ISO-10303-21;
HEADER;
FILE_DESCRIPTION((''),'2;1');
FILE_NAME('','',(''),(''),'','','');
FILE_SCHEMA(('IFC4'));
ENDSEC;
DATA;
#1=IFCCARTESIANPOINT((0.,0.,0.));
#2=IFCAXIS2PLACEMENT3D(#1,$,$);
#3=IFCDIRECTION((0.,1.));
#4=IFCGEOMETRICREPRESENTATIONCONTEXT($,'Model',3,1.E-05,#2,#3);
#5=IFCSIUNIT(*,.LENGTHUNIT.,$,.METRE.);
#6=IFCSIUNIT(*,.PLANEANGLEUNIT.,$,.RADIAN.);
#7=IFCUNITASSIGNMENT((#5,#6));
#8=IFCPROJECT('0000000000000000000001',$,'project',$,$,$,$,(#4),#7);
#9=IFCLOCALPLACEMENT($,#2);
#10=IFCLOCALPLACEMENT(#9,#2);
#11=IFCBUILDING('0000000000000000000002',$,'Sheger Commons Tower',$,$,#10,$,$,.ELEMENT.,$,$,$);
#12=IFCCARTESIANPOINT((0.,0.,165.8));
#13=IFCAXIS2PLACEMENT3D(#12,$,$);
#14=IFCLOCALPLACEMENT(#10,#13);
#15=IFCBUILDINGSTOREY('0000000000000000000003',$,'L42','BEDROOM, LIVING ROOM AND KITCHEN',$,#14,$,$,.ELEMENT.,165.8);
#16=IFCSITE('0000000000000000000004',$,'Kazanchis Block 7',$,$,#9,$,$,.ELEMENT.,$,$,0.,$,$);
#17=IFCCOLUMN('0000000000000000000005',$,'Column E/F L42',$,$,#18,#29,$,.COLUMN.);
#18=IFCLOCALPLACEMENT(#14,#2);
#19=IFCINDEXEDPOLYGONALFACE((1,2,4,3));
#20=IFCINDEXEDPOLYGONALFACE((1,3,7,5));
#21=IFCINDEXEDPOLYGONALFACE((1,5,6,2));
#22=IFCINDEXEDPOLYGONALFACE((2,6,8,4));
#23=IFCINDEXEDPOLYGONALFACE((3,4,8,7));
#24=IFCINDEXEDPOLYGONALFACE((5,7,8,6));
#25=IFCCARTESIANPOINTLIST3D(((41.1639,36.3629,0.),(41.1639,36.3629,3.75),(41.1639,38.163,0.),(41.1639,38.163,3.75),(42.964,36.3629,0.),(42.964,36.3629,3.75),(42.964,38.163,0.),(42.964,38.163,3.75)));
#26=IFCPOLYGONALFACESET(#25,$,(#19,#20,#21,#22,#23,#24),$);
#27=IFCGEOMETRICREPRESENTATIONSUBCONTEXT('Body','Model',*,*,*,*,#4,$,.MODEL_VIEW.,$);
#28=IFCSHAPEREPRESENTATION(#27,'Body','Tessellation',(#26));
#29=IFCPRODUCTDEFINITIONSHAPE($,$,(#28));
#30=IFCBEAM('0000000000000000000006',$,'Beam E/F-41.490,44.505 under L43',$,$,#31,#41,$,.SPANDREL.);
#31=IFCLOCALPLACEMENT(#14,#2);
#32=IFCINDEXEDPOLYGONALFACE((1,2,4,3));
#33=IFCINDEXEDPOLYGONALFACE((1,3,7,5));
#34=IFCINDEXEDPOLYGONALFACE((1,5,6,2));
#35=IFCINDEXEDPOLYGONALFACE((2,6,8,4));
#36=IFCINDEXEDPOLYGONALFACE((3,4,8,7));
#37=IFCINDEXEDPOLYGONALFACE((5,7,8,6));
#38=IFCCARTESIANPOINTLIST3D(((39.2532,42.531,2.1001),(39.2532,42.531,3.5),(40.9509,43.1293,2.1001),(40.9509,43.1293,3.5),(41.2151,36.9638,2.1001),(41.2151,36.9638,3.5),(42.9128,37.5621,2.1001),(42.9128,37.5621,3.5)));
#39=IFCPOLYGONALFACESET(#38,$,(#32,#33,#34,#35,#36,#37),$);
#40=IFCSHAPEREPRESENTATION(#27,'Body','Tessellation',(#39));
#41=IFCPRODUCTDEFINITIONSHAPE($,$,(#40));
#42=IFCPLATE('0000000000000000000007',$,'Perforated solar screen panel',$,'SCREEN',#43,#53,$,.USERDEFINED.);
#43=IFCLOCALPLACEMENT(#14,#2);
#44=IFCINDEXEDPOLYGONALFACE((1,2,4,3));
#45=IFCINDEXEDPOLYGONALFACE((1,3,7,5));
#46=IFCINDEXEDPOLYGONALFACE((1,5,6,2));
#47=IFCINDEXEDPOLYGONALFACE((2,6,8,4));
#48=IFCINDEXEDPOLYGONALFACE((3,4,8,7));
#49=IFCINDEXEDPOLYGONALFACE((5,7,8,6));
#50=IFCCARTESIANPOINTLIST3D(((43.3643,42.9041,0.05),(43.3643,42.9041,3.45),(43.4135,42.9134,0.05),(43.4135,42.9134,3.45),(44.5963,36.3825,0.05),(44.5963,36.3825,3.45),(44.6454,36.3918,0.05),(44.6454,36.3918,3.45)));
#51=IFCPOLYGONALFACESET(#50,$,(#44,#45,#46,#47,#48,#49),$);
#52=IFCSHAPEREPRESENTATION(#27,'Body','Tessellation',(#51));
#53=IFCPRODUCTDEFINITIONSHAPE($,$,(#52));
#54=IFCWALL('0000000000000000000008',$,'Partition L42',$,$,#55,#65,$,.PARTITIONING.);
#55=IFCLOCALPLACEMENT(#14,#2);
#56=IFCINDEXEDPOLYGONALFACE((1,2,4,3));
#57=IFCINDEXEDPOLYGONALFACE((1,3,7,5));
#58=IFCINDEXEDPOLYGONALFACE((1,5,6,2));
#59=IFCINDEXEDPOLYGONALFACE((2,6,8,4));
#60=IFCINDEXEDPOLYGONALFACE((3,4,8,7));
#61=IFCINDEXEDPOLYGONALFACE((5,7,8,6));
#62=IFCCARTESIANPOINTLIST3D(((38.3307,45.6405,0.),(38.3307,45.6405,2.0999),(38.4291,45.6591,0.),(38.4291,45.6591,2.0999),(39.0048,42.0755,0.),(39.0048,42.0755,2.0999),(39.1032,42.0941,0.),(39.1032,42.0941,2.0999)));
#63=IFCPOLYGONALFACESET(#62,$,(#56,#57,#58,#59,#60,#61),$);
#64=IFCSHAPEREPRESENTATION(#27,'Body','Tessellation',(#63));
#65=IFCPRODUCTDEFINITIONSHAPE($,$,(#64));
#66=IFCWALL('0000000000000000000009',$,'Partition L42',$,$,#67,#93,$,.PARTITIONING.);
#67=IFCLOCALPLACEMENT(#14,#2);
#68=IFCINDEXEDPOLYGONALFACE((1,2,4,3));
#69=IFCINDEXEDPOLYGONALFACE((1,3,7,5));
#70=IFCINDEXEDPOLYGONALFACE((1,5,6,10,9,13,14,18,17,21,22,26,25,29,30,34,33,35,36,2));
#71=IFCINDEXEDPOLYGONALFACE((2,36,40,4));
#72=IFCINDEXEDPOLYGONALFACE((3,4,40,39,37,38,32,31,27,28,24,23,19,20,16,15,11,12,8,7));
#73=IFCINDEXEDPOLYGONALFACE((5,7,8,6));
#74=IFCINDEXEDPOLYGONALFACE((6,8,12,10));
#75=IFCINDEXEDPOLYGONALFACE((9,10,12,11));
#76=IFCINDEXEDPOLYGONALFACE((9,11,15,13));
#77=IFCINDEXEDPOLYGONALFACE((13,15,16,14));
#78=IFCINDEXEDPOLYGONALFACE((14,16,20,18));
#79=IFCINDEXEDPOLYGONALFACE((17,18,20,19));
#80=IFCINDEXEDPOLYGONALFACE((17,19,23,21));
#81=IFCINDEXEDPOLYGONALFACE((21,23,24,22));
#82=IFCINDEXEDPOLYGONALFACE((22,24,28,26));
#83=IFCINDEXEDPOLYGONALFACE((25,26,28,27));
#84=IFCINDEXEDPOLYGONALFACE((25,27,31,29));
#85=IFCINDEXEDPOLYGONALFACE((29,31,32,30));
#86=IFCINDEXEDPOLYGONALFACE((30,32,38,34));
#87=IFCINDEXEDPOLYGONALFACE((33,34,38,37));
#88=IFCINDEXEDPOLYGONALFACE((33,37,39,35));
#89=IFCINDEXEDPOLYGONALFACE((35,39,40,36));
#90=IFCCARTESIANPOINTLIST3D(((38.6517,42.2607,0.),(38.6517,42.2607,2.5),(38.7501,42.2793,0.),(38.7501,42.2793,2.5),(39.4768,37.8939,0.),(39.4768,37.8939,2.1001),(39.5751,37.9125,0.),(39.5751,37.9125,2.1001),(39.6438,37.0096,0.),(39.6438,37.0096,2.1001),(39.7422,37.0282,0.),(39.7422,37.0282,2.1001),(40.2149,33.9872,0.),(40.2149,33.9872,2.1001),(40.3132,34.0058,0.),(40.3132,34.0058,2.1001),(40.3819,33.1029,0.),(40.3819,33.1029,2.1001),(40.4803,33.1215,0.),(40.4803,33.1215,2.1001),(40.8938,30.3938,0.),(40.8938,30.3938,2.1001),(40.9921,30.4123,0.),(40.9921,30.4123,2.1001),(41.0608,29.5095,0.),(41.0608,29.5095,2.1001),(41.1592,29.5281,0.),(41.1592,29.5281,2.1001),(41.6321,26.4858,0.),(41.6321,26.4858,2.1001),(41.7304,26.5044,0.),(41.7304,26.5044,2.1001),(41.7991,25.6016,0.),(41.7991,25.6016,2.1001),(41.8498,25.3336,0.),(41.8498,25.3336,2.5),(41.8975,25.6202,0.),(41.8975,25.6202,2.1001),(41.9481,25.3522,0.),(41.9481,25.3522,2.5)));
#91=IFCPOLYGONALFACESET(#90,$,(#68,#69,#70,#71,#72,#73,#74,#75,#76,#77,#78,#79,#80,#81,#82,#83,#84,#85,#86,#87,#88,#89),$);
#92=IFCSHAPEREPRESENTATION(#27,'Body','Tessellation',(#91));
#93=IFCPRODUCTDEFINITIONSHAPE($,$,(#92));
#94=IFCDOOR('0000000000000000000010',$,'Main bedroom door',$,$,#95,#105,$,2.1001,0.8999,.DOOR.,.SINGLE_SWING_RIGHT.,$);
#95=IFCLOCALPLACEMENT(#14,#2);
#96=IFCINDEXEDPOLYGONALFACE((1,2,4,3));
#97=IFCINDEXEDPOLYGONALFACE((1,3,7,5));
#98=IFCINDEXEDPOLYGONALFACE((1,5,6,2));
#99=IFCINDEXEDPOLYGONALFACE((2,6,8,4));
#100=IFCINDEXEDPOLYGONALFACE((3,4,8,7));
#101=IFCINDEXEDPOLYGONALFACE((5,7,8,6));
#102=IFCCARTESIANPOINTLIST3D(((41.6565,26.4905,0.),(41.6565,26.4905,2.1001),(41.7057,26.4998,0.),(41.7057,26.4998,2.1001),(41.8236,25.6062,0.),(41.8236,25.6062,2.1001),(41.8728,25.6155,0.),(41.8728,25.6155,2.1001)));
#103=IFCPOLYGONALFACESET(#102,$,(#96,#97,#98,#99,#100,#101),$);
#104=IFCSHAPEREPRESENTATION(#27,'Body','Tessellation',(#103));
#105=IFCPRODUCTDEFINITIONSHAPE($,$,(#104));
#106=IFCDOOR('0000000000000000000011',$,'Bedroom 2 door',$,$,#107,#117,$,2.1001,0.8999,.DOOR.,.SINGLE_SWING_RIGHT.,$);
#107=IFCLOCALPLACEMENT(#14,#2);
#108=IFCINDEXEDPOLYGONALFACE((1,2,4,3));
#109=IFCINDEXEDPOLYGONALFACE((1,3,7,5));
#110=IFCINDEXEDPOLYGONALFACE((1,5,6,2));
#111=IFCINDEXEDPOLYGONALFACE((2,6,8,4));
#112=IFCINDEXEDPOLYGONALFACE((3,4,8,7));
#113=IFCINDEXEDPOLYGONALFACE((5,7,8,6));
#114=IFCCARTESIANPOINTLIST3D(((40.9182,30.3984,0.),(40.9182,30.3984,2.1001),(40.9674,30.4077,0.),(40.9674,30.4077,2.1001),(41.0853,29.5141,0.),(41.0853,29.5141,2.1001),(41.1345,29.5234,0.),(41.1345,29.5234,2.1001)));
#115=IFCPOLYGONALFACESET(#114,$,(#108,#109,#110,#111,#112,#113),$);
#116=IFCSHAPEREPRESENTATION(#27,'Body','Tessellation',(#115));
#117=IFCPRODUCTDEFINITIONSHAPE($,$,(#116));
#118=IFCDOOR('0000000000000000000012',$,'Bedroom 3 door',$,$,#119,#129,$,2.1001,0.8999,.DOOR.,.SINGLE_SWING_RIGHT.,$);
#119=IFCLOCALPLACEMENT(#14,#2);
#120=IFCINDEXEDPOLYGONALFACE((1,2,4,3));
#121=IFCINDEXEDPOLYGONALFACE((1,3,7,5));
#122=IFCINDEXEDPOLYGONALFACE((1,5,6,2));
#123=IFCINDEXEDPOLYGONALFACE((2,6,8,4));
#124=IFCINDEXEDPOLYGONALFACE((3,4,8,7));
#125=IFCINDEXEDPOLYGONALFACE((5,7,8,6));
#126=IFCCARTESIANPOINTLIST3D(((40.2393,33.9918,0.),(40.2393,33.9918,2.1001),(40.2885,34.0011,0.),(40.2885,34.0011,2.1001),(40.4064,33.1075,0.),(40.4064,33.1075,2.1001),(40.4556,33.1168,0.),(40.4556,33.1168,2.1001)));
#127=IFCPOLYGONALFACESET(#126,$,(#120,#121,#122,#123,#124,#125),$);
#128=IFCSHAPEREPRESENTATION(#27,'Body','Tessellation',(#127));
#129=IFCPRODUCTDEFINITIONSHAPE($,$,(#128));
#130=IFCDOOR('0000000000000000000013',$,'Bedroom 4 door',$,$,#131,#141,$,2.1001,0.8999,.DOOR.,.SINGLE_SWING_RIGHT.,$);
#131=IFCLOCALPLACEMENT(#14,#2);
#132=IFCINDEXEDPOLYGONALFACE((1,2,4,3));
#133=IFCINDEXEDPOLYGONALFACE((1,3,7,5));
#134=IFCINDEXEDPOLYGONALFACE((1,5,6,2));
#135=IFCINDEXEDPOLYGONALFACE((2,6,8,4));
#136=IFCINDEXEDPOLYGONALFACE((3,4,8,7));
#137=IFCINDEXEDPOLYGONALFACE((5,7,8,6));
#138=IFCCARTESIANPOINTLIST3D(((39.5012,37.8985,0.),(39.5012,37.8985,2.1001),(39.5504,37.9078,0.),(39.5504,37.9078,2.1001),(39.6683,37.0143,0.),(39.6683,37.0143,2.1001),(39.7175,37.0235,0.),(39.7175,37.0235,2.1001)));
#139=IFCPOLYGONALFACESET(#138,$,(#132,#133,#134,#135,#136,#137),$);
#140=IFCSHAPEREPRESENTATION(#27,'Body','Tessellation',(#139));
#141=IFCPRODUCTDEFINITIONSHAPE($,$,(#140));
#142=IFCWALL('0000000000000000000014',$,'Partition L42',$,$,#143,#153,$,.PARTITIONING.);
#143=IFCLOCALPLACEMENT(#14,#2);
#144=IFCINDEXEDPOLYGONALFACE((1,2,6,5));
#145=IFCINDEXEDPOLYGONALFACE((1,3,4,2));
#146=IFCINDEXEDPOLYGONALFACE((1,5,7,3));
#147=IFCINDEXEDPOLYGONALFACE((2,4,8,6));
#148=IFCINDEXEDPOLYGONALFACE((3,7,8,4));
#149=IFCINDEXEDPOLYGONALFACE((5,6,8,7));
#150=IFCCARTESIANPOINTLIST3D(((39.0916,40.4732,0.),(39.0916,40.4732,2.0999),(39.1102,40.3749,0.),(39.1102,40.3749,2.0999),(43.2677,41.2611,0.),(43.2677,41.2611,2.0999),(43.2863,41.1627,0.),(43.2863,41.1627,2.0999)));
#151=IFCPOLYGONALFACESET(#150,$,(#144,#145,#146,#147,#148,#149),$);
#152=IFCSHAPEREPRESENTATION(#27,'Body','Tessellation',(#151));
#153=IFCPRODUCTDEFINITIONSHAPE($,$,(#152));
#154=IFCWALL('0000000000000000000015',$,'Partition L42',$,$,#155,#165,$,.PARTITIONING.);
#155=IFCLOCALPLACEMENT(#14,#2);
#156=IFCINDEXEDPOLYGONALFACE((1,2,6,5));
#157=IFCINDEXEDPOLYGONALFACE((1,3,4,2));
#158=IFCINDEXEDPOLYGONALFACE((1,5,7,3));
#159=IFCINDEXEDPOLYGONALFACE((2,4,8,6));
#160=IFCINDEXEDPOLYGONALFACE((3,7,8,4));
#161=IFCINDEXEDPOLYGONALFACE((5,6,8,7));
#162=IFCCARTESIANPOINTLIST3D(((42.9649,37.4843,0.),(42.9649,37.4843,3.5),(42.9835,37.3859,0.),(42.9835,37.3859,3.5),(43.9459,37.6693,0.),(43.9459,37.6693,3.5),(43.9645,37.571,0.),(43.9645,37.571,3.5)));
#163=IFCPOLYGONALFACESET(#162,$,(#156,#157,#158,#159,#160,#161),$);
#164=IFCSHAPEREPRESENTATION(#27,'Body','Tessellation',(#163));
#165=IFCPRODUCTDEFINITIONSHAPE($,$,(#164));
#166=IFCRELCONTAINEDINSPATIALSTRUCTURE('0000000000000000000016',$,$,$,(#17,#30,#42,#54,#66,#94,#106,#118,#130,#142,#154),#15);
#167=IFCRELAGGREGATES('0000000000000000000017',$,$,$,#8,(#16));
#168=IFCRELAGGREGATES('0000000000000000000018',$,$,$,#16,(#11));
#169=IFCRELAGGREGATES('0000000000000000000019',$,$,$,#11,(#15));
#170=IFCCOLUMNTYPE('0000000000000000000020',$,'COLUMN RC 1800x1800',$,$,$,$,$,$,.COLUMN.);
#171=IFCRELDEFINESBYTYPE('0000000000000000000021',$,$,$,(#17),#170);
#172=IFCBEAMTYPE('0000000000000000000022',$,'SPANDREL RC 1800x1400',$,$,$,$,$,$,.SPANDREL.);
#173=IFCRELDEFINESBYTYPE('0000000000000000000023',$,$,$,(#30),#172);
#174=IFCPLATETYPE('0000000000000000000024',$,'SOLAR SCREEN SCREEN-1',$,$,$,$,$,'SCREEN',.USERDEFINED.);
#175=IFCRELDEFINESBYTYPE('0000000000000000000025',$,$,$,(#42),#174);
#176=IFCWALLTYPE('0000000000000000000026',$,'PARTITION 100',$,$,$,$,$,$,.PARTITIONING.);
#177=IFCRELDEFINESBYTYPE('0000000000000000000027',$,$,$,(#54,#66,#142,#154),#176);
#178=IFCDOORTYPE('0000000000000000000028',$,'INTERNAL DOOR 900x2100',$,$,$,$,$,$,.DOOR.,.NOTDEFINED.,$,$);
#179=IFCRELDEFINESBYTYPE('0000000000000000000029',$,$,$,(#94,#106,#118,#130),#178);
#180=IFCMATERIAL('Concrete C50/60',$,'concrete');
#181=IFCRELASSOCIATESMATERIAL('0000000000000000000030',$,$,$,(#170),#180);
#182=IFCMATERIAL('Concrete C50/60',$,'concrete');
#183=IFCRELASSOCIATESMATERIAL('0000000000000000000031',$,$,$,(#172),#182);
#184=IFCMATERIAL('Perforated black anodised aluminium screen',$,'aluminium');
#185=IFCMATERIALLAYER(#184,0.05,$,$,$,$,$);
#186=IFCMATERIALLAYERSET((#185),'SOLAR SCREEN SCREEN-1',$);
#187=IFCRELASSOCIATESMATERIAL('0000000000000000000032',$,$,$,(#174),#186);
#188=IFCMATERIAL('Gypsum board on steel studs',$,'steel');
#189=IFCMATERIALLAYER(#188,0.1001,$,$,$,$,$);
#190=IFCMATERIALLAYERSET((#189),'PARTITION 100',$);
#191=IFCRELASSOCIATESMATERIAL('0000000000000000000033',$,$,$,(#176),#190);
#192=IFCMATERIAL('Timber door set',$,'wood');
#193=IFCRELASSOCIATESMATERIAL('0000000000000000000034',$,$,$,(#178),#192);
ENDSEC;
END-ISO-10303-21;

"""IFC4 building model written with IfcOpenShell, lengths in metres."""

from ifc_helpers import new_model, si_unit, direction, frame, frame_2d, origin, origin_2d, place, context, subcontext, project, spatial, rectangle, extrude, material, layer, layer_set, material_profile, profile_set, type_object, element, fill, save


model = new_model("IFC4")

# Units and contexts
model_context = context("Model", 3, precision=1e-05, world=origin(), true_north=direction((0.0, 1.0)))
body_context = subcontext(model_context, "Body", "Model", "MODEL_VIEW")
ifc_project = project(units=[si_unit("LENGTHUNIT", "METRE"), si_unit("PLANEANGLEUNIT", "RADIAN")], contexts=[model_context])

# Site, building, storey
site_placement = place(None, origin())
site = spatial("IfcSite", under=ifc_project, at=site_placement, Name="Kazanchis Block 7", CompositionType="ELEMENT", RefElevation=0.0)
building_placement = place(site_placement, origin())
building = spatial("IfcBuilding", under=site, at=building_placement, Name="Sheger Commons Tower", CompositionType="ELEMENT")
storey_placement = place(building_placement, frame((0.0, 0.0, 165.8)))
storey = spatial("IfcBuildingStorey", under=building, at=storey_placement, Name="L42", Description="BEDROOM, LIVING ROOM AND KITCHEN", CompositionType="ELEMENT", Elevation=165.8)

# Column
ifc_material_1 = material(Name="Concrete C50/60", Category="concrete")
ifc_material_profile_1 = material_profile(ifc_material_1, rectangle(XDim=1.8, YDim=1.8, at=origin_2d()), Name="RC 1800x1800")
ifc_profile_set_1 = profile_set([ifc_material_profile_1], Name="Concrete C50/60")
column_type = type_object("IfcColumnType", Name="COLUMN RC 1800x1800", PredefinedType="COLUMN", material=ifc_profile_set_1)
column_placement = place(storey_placement, frame((42.064, 37.2629, 0.0), z_axis=(0.0, 0.0, 1.0), x_axis=(1.0, 0.0, 0.0)))
element("IfcColumn", 1, at=column_placement, inside=storey, type_object=column_type, Name="Column E/F L42", PredefinedType="COLUMN", context=body_context, shape_type="SweptSolid", body=[
    extrude(rectangle(XDim=1.8, YDim=1.8, at=origin_2d()), origin(), (0.0, 0.0, 1.0), 3.75),
])

# Beam
ifc_material_2 = material(Name="Concrete C50/60", Category="concrete")
ifc_material_profile_2 = material_profile(ifc_material_2, rectangle(XDim=1.8, YDim=1.3999, at=origin_2d()), Name="RC 1800x1400")
ifc_profile_set_2 = profile_set([ifc_material_profile_2], Name="Concrete C50/60")
beam_type = type_object("IfcBeamType", Name="SPANDREL RC 1800x1400", PredefinedType="SPANDREL", material=ifc_profile_set_2)
beam_placement = place(storey_placement, frame((42.064, 37.2629, 2.8), z_axis=(-0.332374, 0.943148, 0.0), x_axis=(-0.943148, -0.332374, 0.0)))
element("IfcBeam", 2, at=beam_placement, inside=storey, type_object=beam_type, Name="Beam E/F-41.490,44.505 under L43", PredefinedType="SPANDREL", context=body_context, shape_type="SweptSolid", body=[
    extrude(rectangle(XDim=1.8, YDim=1.3999, at=origin_2d()), origin(), (0.0, 0.0, 1.0), 5.9028),
])

# Plate
ifc_material_3 = material(Name="Perforated black anodised aluminium screen", Category="aluminium")
ifc_layer_1 = layer(ifc_material_3, 0.05)
ifc_layer_set_1 = layer_set([ifc_layer_1], Name="SOLAR SCREEN SCREEN-1")
plate_type = type_object("IfcPlateType", Name="SOLAR SCREEN SCREEN-1", ElementType="SCREEN", PredefinedType="USERDEFINED", material=ifc_layer_set_1)
plate_placement = place(storey_placement, frame((44.0049, 39.6479, 0.05), z_axis=(0.0, 0.0, 1.0), x_axis=(-0.185615, 0.982623, 0.0)))
element("IfcPlate", 3, at=plate_placement, inside=storey, type_object=plate_type, Name="Perforated solar screen panel", ObjectType="SCREEN", PredefinedType="USERDEFINED", context=body_context, shape_type="SweptSolid", body=[
    extrude(rectangle(XDim=6.637, YDim=0.05, at=origin_2d()), origin(), (0.0, 0.0, 1.0), 3.3999),
])

# Wall
ifc_material_4 = material(Name="Gypsum board on steel studs", Category="steel")
ifc_layer_2 = layer(ifc_material_4, 0.1001)
ifc_layer_set_2 = layer_set([ifc_layer_2], Name="PARTITION 100")
wall_type = type_object("IfcWallType", Name="PARTITION 100", PredefinedType="PARTITIONING", material=ifc_layer_set_2)
wall_1_placement = place(storey_placement, frame((39.054, 42.085, 0.0), z_axis=(0.0, 0.0, 1.0), x_axis=(-0.185792, 0.982589, 0.0)))
element("IfcWall", 4, at=wall_1_placement, inside=storey, type_object=wall_type, Name="Partition L42", PredefinedType="PARTITIONING", context=body_context, shape_type="SweptSolid", body=[
    extrude(rectangle(XDim=3.6282, YDim=0.1001, at=frame_2d((1.814, 0.0))), origin(), (0.0, 0.0, 1.0), 2.0999),
])

# Wall, openings, doors
wall_2_placement = place(storey_placement, frame((38.7009, 42.27, 0.0), z_axis=(0.0, 0.0, 1.0), x_axis=(0.185645, -0.982617, 0.0)))
wall_2 = element("IfcWall", 5, at=wall_2_placement, inside=storey, type_object=wall_type, Name="Partition L42", PredefinedType="PARTITIONING", context=body_context, shape_type="SweptSolid", body=[
    extrude(rectangle(XDim=17.2266, YDim=0.1001, at=frame_2d((8.6133, 0.0))), origin(), (0.0, 0.0, 1.0), 2.5),
])
opening_1_placement = place(wall_2_placement, frame((16.054, 0.0, 0.0)))
opening_1 = element("IfcOpeningElement", 6, at=opening_1_placement, cuts=wall_2, PredefinedType="OPENING", context=body_context, shape_type="SweptSolid", body=[
    extrude(rectangle(XDim=0.8999, YDim=2.1001, at=frame_2d((0.45, 1.05))), frame((0.0, 0.0601, 0.0), z_axis=(0.0, -1.0, 0.0), x_axis=(1.0, 0.0, 0.0)), (0.0, 0.0, 1.0), 0.1201),
])
opening_2_placement = place(wall_2_placement, frame((12.0769, 0.0, 0.0)))
opening_2 = element("IfcOpeningElement", 7, at=opening_2_placement, cuts=wall_2, PredefinedType="OPENING", context=body_context, shape_type="SweptSolid", body=[
    extrude(rectangle(XDim=0.8999, YDim=2.1001, at=frame_2d((0.45, 1.05))), frame((0.0, 0.0601, 0.0), z_axis=(0.0, -1.0, 0.0), x_axis=(1.0, 0.0, 0.0)), (0.0, 0.0, 1.0), 0.1201),
])
opening_3_placement = place(wall_2_placement, frame((8.4199, 0.0, 0.0)))
opening_3 = element("IfcOpeningElement", 8, at=opening_3_placement, cuts=wall_2, PredefinedType="OPENING", context=body_context, shape_type="SweptSolid", body=[
    extrude(rectangle(XDim=0.8999, YDim=2.1001, at=frame_2d((0.45, 1.05))), frame((0.0, 0.0601, 0.0), z_axis=(0.0, -1.0, 0.0), x_axis=(1.0, 0.0, 0.0)), (0.0, 0.0, 1.0), 0.1201),
])
opening_4_placement = place(wall_2_placement, frame((4.4441, 0.0, 0.0)))
opening_4 = element("IfcOpeningElement", 9, at=opening_4_placement, cuts=wall_2, PredefinedType="OPENING", context=body_context, shape_type="SweptSolid", body=[
    extrude(rectangle(XDim=0.8999, YDim=2.1001, at=frame_2d((0.45, 1.05))), frame((0.0, 0.0601, 0.0), z_axis=(0.0, -1.0, 0.0), x_axis=(1.0, 0.0, 0.0)), (0.0, 0.0, 1.0), 0.1201),
])
ifc_material_5 = material(Name="Timber door set", Category="wood")
door_type = type_object("IfcDoorType", Name="INTERNAL DOOR 900x2100", OperationType="NOTDEFINED", PredefinedType="DOOR", material=ifc_material_5)
door_1_placement = place(opening_1_placement, origin())
door_1 = element("IfcDoor", 10, at=door_1_placement, inside=storey, type_object=door_type, Name="Main bedroom door", OperationType="SINGLE_SWING_RIGHT", OverallHeight=2.1001, OverallWidth=0.8999, PredefinedType="DOOR", context=body_context, shape_type="SweptSolid", body=[
    extrude(rectangle(XDim=0.8999, YDim=2.1001, at=frame_2d((0.45, 1.05))), frame((0.0, 0.0249, 0.0), z_axis=(0.0, -1.0, 0.0), x_axis=(1.0, 0.0, 0.0)), (0.0, 0.0, 1.0), 0.05),
])
fill(opening_1, door_1)
door_2_placement = place(opening_2_placement, origin())
door_2 = element("IfcDoor", 11, at=door_2_placement, inside=storey, type_object=door_type, Name="Bedroom 2 door", OperationType="SINGLE_SWING_RIGHT", OverallHeight=2.1001, OverallWidth=0.8999, PredefinedType="DOOR", context=body_context, shape_type="SweptSolid", body=[
    extrude(rectangle(XDim=0.8999, YDim=2.1001, at=frame_2d((0.45, 1.05))), frame((0.0, 0.0249, 0.0), z_axis=(0.0, -1.0, 0.0), x_axis=(1.0, 0.0, 0.0)), (0.0, 0.0, 1.0), 0.05),
])
fill(opening_2, door_2)
door_3_placement = place(opening_3_placement, origin())
door_3 = element("IfcDoor", 12, at=door_3_placement, inside=storey, type_object=door_type, Name="Bedroom 3 door", OperationType="SINGLE_SWING_RIGHT", OverallHeight=2.1001, OverallWidth=0.8999, PredefinedType="DOOR", context=body_context, shape_type="SweptSolid", body=[
    extrude(rectangle(XDim=0.8999, YDim=2.1001, at=frame_2d((0.45, 1.05))), frame((0.0, 0.0249, 0.0), z_axis=(0.0, -1.0, 0.0), x_axis=(1.0, 0.0, 0.0)), (0.0, 0.0, 1.0), 0.05),
])
fill(opening_3, door_3)
door_4_placement = place(opening_4_placement, origin())
door_4 = element("IfcDoor", 13, at=door_4_placement, inside=storey, type_object=door_type, Name="Bedroom 4 door", OperationType="SINGLE_SWING_RIGHT", OverallHeight=2.1001, OverallWidth=0.8999, PredefinedType="DOOR", context=body_context, shape_type="SweptSolid", body=[
    extrude(rectangle(XDim=0.8999, YDim=2.1001, at=frame_2d((0.45, 1.05))), frame((0.0, 0.0249, 0.0), z_axis=(0.0, -1.0, 0.0), x_axis=(1.0, 0.0, 0.0)), (0.0, 0.0, 1.0), 0.05),
])
fill(opening_4, door_4)

# Walls
wall_3_placement = place(storey_placement, frame((43.2771, 41.2119, 0.0), z_axis=(0.0, 0.0, 1.0), x_axis=(-0.982665, -0.185388, 0.0)))
element("IfcWall", 14, at=wall_3_placement, inside=storey, type_object=wall_type, Name="Partition L42", PredefinedType="PARTITIONING", context=body_context, shape_type="SweptSolid", body=[
    extrude(rectangle(XDim=4.2498, YDim=0.1001, at=frame_2d((2.125, 0.0))), origin(), (0.0, 0.0, 1.0), 2.0999),
])
wall_4_placement = place(storey_placement, frame((43.9551, 37.6201, 0.0), z_axis=(0.0, 0.0, 1.0), x_axis=(-0.982667, -0.185381, 0.0)))
element("IfcWall", 15, at=wall_4_placement, inside=storey, type_object=wall_type, Name="Partition L42", PredefinedType="PARTITIONING", context=body_context, shape_type="SweptSolid", body=[
    extrude(rectangle(XDim=0.9983, YDim=0.1001, at=frame_2d((0.499, 0.0))), origin(), (0.0, 0.0, 1.0), 3.5),
])

save(model, "model.ifc")
